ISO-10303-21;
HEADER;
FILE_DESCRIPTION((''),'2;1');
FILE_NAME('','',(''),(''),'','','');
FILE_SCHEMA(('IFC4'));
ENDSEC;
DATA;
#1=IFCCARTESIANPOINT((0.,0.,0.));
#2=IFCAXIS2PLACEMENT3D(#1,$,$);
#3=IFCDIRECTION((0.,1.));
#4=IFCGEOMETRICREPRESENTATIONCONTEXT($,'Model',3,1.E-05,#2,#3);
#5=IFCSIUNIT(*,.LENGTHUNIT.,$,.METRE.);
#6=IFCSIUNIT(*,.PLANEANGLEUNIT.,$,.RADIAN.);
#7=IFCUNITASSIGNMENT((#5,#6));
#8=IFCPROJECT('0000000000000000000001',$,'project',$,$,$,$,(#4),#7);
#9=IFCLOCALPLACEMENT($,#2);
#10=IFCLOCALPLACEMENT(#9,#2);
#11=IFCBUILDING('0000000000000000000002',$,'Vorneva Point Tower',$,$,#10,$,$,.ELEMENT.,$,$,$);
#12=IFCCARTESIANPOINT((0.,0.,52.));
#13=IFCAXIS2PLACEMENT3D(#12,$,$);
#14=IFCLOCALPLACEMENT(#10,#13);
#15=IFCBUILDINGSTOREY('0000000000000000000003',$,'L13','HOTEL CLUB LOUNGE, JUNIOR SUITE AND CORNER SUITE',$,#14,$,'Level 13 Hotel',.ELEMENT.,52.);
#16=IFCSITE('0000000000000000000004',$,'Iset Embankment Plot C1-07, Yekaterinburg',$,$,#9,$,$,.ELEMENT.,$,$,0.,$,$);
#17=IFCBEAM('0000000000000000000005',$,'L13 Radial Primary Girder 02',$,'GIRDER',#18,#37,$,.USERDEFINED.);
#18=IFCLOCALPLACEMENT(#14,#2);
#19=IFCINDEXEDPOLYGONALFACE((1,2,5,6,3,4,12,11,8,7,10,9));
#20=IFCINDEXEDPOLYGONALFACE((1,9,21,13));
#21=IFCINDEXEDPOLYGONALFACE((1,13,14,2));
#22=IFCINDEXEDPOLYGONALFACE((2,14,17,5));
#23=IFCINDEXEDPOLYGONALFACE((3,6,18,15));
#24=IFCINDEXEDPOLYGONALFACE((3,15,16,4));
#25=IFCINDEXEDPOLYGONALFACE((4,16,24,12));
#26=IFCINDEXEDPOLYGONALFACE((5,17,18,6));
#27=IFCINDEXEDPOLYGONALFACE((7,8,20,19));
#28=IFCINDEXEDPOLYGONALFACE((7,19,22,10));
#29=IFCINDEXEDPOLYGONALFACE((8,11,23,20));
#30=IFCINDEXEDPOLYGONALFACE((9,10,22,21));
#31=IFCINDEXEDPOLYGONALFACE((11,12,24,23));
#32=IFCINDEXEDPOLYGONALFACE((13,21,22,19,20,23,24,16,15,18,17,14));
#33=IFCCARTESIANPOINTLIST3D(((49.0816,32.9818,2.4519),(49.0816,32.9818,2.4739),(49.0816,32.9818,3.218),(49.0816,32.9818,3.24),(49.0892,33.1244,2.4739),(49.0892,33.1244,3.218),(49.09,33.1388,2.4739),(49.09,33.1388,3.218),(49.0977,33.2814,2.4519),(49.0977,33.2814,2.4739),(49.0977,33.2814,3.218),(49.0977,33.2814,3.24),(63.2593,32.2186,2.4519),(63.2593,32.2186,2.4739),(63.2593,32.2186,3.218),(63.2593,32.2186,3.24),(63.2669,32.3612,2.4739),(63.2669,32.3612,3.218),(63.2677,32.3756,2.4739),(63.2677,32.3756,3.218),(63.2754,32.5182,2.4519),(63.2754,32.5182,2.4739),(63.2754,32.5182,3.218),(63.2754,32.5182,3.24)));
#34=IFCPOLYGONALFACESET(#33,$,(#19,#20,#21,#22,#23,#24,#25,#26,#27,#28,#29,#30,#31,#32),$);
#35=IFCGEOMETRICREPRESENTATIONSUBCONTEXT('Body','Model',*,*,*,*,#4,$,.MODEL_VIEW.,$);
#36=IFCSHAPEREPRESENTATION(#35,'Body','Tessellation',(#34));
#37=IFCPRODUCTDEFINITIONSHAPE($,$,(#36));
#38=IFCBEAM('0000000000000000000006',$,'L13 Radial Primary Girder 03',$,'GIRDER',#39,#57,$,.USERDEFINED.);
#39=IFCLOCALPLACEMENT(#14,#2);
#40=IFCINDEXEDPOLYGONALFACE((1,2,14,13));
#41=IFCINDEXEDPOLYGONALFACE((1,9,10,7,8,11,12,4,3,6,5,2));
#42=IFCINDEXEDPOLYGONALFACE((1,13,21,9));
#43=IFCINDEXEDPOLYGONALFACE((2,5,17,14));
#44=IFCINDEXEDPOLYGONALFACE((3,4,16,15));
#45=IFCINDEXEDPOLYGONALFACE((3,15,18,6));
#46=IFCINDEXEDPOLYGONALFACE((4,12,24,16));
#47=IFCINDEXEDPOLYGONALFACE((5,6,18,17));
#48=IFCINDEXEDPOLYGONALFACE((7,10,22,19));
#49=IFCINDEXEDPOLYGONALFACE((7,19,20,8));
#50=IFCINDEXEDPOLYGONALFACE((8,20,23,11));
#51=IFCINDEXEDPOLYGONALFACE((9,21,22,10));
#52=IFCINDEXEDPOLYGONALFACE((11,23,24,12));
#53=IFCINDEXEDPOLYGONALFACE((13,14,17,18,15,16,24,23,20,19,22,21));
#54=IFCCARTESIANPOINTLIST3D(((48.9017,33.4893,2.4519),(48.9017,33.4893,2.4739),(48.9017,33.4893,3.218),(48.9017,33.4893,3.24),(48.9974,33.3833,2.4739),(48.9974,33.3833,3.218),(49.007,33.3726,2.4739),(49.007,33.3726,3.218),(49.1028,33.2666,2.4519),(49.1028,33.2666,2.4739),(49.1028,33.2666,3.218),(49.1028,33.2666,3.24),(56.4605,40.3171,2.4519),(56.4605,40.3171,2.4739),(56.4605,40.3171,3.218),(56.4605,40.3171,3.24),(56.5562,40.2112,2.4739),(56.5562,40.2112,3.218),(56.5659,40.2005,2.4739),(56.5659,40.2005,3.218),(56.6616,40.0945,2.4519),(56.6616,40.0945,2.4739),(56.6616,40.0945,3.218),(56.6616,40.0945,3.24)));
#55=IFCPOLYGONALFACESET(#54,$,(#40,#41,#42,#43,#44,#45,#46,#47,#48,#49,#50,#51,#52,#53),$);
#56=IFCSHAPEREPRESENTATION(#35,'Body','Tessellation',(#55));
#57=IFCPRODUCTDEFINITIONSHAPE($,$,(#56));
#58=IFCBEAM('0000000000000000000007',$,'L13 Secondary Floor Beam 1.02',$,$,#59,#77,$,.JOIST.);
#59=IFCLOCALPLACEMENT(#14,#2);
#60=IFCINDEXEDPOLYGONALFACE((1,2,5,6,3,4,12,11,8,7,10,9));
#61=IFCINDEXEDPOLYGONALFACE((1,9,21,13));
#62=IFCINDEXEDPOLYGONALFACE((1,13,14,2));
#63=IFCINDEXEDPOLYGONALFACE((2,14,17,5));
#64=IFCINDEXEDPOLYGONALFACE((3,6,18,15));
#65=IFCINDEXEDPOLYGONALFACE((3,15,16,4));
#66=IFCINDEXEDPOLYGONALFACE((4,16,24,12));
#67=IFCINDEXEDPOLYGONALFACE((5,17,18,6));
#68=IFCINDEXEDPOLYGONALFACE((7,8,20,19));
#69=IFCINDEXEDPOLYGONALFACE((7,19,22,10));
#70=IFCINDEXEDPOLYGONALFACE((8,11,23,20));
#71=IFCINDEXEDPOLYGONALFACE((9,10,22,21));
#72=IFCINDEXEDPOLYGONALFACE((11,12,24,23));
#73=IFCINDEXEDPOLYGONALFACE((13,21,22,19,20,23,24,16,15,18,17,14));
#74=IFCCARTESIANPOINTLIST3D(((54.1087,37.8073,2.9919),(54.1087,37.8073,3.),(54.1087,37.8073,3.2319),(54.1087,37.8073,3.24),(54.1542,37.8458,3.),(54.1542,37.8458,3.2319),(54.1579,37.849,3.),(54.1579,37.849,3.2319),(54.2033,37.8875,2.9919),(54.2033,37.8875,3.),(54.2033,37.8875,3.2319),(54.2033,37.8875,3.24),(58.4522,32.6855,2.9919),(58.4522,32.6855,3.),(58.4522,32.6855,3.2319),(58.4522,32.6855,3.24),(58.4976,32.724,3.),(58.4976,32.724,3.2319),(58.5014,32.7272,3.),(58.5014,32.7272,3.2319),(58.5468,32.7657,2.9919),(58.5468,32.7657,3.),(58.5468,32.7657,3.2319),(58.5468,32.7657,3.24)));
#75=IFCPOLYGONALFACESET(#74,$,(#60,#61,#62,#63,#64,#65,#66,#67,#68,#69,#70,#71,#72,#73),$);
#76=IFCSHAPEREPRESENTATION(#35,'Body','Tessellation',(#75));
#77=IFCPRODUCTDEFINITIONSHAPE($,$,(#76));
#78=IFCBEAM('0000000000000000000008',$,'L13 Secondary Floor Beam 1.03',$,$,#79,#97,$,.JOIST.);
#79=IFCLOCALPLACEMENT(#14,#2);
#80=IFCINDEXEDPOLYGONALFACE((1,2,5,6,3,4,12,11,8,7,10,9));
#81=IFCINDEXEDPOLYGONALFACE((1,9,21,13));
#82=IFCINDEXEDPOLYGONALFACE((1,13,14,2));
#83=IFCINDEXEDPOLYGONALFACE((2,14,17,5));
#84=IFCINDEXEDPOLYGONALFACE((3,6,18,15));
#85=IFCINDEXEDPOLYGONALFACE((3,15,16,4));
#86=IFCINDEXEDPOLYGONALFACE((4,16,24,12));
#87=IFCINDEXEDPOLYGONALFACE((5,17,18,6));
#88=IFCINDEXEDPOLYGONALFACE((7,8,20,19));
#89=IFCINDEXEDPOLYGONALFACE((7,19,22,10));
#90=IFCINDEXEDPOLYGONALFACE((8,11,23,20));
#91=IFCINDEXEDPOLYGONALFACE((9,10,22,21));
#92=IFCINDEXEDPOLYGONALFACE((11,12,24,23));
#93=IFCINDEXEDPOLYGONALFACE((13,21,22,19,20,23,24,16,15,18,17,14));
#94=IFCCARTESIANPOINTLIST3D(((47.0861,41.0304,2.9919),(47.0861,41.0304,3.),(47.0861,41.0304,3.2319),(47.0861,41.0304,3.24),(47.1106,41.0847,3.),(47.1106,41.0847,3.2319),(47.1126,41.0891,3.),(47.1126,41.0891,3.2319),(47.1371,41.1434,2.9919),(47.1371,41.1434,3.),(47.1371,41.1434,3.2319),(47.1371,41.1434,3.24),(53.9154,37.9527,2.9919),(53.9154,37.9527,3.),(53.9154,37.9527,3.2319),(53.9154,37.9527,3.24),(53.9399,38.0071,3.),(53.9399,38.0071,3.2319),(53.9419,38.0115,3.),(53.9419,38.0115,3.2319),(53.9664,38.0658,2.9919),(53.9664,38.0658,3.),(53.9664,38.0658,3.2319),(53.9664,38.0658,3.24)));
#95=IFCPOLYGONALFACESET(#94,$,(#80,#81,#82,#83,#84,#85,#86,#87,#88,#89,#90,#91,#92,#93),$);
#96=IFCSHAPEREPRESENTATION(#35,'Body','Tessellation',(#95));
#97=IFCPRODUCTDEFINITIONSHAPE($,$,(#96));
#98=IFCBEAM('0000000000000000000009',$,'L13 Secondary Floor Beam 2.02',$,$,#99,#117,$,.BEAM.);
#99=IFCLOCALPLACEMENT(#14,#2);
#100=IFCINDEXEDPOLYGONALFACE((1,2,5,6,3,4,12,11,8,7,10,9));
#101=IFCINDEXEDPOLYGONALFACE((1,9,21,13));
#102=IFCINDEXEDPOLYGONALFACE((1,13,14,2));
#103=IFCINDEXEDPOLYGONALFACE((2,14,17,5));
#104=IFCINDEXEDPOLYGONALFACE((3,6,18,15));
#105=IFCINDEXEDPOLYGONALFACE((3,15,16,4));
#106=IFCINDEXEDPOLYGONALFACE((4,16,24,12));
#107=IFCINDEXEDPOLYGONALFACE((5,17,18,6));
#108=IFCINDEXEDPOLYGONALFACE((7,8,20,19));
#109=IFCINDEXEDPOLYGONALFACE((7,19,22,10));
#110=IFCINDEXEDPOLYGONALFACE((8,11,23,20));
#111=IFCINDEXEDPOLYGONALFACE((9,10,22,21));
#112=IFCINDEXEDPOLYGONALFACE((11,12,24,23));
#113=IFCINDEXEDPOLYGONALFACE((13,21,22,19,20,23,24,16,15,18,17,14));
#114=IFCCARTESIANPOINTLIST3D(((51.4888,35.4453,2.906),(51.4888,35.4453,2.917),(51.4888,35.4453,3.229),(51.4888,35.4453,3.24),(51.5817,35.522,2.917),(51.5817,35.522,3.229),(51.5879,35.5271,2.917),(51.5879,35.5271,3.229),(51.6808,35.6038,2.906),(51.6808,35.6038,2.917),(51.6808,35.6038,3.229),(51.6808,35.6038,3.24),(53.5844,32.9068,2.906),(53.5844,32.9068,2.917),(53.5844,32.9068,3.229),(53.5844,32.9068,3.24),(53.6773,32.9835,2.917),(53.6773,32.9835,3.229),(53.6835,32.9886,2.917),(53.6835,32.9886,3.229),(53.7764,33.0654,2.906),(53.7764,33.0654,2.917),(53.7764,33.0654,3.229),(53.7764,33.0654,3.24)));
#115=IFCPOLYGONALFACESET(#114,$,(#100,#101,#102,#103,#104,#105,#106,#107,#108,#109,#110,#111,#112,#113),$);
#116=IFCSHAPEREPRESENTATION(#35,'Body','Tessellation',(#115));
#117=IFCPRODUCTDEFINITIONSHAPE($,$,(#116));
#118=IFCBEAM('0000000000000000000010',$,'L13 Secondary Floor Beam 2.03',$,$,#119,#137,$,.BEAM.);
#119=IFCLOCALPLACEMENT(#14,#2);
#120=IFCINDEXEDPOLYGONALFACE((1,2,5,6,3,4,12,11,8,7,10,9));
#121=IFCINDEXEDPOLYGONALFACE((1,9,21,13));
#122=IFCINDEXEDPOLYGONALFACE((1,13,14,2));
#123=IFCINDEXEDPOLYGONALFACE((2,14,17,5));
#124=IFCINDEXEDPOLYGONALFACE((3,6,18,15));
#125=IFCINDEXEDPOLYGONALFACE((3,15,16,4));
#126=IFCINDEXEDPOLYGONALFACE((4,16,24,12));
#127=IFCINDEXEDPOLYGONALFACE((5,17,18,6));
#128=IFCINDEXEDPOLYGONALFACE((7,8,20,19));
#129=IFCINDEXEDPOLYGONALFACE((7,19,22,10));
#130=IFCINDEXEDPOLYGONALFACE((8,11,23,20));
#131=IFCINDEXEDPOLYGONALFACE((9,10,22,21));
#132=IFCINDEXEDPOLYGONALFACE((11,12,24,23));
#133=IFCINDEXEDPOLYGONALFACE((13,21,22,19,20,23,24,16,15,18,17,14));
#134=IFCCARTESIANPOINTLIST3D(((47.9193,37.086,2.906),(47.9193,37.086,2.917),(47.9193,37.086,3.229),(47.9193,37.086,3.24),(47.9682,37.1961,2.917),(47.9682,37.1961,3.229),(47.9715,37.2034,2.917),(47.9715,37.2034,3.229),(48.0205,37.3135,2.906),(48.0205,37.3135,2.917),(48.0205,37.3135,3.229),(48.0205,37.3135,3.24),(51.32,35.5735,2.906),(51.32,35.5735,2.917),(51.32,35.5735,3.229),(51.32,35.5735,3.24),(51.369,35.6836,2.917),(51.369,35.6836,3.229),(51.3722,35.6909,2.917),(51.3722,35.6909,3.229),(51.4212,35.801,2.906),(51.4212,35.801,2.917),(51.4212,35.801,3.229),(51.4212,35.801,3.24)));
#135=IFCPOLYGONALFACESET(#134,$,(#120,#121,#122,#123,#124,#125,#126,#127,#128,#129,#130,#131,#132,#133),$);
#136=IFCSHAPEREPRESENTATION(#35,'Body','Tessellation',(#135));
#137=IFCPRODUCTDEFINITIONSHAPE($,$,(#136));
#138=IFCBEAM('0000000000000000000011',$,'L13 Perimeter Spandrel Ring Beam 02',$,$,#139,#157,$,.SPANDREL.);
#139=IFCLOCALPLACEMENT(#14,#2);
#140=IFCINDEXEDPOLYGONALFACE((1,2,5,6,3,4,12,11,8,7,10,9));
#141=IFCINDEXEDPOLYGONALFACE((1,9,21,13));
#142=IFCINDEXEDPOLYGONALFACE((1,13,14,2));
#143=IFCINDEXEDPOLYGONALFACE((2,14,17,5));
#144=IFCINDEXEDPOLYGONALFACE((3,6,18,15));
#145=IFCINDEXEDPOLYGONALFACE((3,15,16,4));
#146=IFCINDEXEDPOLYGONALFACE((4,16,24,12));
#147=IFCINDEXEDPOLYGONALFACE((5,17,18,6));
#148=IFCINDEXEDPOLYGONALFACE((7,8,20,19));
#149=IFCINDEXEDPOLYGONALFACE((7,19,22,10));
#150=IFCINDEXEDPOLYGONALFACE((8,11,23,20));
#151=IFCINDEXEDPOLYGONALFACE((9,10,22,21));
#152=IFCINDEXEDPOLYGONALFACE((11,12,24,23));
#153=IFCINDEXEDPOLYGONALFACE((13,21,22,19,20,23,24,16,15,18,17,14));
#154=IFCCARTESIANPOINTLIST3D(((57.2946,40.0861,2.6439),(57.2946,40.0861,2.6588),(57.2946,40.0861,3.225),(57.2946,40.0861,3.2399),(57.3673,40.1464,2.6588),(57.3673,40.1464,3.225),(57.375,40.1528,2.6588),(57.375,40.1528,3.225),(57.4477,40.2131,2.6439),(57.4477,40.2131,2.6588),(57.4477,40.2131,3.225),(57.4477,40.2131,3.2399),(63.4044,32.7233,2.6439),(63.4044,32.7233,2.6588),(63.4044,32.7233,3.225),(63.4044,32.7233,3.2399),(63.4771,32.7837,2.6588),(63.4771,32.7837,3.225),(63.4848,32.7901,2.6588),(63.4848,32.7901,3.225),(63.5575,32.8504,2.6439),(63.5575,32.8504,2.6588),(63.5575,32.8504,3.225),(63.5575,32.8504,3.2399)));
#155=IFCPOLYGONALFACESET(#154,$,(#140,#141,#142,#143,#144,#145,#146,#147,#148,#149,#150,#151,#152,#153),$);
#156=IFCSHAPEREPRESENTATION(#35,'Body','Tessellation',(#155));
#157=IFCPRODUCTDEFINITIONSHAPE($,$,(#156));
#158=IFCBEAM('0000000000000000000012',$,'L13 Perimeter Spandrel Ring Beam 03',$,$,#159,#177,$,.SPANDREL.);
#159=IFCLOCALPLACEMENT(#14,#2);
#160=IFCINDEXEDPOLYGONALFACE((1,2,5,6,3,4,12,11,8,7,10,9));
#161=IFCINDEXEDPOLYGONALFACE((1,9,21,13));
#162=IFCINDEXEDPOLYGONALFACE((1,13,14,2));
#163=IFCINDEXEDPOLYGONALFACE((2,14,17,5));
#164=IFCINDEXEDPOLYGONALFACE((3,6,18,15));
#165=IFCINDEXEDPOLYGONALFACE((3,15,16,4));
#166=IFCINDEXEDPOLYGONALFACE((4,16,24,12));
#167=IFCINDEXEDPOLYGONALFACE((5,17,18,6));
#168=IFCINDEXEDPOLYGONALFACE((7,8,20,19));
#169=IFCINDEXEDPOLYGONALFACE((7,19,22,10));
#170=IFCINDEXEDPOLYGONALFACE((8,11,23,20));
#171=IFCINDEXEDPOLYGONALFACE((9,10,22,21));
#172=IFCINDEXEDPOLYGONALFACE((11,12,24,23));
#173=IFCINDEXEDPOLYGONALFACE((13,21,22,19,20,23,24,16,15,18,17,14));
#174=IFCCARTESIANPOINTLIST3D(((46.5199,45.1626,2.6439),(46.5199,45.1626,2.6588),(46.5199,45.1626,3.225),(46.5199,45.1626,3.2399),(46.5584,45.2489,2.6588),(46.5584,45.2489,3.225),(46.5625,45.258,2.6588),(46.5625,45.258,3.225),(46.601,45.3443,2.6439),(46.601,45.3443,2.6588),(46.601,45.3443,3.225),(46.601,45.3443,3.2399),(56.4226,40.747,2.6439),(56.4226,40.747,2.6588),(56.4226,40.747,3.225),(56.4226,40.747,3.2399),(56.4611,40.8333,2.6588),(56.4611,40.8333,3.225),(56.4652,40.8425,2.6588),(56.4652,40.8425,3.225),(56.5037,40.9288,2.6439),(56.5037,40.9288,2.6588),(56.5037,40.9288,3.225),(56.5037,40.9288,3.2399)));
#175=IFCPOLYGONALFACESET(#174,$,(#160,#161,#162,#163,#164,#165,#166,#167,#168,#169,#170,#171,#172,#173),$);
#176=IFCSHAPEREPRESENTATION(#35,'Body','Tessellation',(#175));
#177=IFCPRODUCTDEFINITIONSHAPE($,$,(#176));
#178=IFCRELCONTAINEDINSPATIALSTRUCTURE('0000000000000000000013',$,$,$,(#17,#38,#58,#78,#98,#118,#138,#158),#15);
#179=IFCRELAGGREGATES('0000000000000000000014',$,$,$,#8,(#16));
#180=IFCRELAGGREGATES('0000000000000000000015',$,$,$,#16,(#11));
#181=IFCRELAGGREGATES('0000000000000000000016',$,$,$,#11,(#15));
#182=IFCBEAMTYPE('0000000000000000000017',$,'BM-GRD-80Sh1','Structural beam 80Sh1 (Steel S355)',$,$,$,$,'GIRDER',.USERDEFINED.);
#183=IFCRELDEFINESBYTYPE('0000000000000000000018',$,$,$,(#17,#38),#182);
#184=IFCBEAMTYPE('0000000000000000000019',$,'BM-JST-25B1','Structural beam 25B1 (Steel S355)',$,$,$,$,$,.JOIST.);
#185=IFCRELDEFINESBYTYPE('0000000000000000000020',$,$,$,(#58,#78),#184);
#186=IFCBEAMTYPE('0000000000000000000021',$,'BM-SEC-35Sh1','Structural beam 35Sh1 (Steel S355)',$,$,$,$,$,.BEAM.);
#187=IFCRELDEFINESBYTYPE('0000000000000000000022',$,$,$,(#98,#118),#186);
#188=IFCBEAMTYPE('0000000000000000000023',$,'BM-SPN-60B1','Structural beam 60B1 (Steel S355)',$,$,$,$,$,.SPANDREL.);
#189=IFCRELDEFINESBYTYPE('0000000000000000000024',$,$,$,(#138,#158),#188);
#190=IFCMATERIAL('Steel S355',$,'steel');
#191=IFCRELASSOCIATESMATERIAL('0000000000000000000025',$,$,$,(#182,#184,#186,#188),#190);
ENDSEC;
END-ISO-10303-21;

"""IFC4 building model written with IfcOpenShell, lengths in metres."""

from ifc_helpers import new_model, si_unit, direction, frame, origin, origin_2d, place, context, subcontext, project, spatial, i_section, extrude, material, material_profile, profile_set, type_object, element, save


model = new_model("IFC4")

# Units and contexts
model_context = context("Model", 3, precision=1e-05, world=origin(), true_north=direction((0.0, 1.0)))
body_context = subcontext(model_context, "Body", "Model", "MODEL_VIEW")
ifc_project = project(units=[si_unit("LENGTHUNIT", "METRE"), si_unit("PLANEANGLEUNIT", "RADIAN")], contexts=[model_context])

# Site, building, storey
site_placement = place(None, origin())
site = spatial("IfcSite", under=ifc_project, at=site_placement, Name="Iset Embankment Plot C1-07, Yekaterinburg", CompositionType="ELEMENT", RefElevation=0.0)
building_placement = place(site_placement, origin())
building = spatial("IfcBuilding", under=site, at=building_placement, Name="Vorneva Point Tower", CompositionType="ELEMENT")
storey_placement = place(building_placement, frame((0.0, 0.0, 52.0)))
storey = spatial("IfcBuildingStorey", under=building, at=storey_placement, Name="L13", Description="HOTEL CLUB LOUNGE, JUNIOR SUITE AND CORNER SUITE", LongName="Level 13 Hotel", CompositionType="ELEMENT", Elevation=52.0)

# Beams
ifc_material_1 = material(Name="Steel S355", Category="steel")
ifc_material_profile_1 = material_profile(ifc_material_1, i_section(OverallWidth=0.3, OverallDepth=0.7881, WebThickness=0.0144, FlangeThickness=0.022, at=origin_2d()), Name="80Sh1")
ifc_profile_set_1 = profile_set([ifc_material_profile_1], Name="Steel S355")
beam_type_1 = type_object("IfcBeamType", Name="BM-GRD-80Sh1", Description="Structural beam 80Sh1 (Steel S355)", ElementType="GIRDER", PredefinedType="USERDEFINED", material=ifc_profile_set_1)
beam_1_placement = place(storey_placement, frame((63.2673, 32.3684, 2.8459), z_axis=(-0.998554, 0.053752, 0.0), x_axis=(-0.053752, -0.998554, 0.0)))
element("IfcBeam", 1, at=beam_1_placement, inside=storey, type_object=beam_type_1, Name="L13 Radial Primary Girder 02", ObjectType="GIRDER", PredefinedType="USERDEFINED", context=body_context, shape_type="SweptSolid", body=[
    extrude(i_section(OverallWidth=0.3, OverallDepth=0.7881, WebThickness=0.0144, FlangeThickness=0.022, at=origin_2d()), origin(), (0.0, 0.0, 1.0), 14.1982),
])
beam_2_placement = place(storey_placement, frame((56.561, 40.2058, 2.8459), z_axis=(-0.742076, -0.670316, 0.0), x_axis=(0.670316, -0.742076, 0.0)))
element("IfcBeam", 2, at=beam_2_placement, inside=storey, type_object=beam_type_1, Name="L13 Radial Primary Girder 03", ObjectType="GIRDER", PredefinedType="USERDEFINED", context=body_context, shape_type="SweptSolid", body=[
    extrude(i_section(OverallWidth=0.3, OverallDepth=0.7881, WebThickness=0.0144, FlangeThickness=0.022, at=origin_2d()), origin(), (0.0, 0.0, 1.0), 10.186),
])
ifc_material_profile_2 = material_profile(ifc_material_1, i_section(OverallWidth=0.124, OverallDepth=0.248, WebThickness=0.0049, FlangeThickness=0.0081, at=origin_2d()), Name="25B1")
ifc_profile_set_2 = profile_set([ifc_material_profile_2], Name="Steel S355")
beam_type_2 = type_object("IfcBeamType", Name="BM-JST-25B1", Description="Structural beam 25B1 (Steel S355)", PredefinedType="JOIST", material=ifc_profile_set_2)
beam_3_placement = place(storey_placement, frame((58.4995, 32.7256, 3.116), z_axis=(-0.64678, 0.762677, 0.0), x_axis=(-0.762677, -0.64678, 0.0)))
element("IfcBeam", 3, at=beam_3_placement, inside=storey, type_object=beam_type_2, Name="L13 Secondary Floor Beam 1.02", PredefinedType="JOIST", context=body_context, shape_type="SweptSolid", body=[
    extrude(i_section(OverallWidth=0.124, OverallDepth=0.248, WebThickness=0.0049, FlangeThickness=0.0081, at=origin_2d()), origin(), (0.0, 0.0, 1.0), 6.7156),
])
beam_4_placement = place(storey_placement, frame((53.9409, 38.0093, 3.116), z_axis=(-0.9117, 0.410857, 0.0), x_axis=(-0.410857, -0.9117, 0.0)))
element("IfcBeam", 4, at=beam_4_placement, inside=storey, type_object=beam_type_2, Name="L13 Secondary Floor Beam 1.03", PredefinedType="JOIST", context=body_context, shape_type="SweptSolid", body=[
    extrude(i_section(OverallWidth=0.124, OverallDepth=0.248, WebThickness=0.0049, FlangeThickness=0.0081, at=origin_2d()), origin(), (0.0, 0.0, 1.0), 7.4907),
])
ifc_material_profile_3 = material_profile(ifc_material_1, i_section(OverallWidth=0.249, OverallDepth=0.334, WebThickness=0.0081, FlangeThickness=0.011, at=origin_2d()), Name="35Sh1")
ifc_profile_set_3 = profile_set([ifc_material_profile_3], Name="Steel S355")
beam_type_3 = type_object("IfcBeamType", Name="BM-SEC-35Sh1", Description="Structural beam 35Sh1 (Steel S355)", PredefinedType="BEAM", material=ifc_profile_set_3)
beam_5_placement = place(storey_placement, frame((53.6804, 32.9861, 3.073), z_axis=(-0.636632, 0.771168, 0.0), x_axis=(-0.771168, -0.636632, 0.0)))
element("IfcBeam", 5, at=beam_5_placement, inside=storey, type_object=beam_type_3, Name="L13 Secondary Floor Beam 2.02", PredefinedType="BEAM", context=body_context, shape_type="SweptSolid", body=[
    extrude(i_section(OverallWidth=0.249, OverallDepth=0.334, WebThickness=0.0081, FlangeThickness=0.011, at=origin_2d()), origin(), (0.0, 0.0, 1.0), 3.2917),
])
beam_6_placement = place(storey_placement, frame((51.3706, 35.6873, 3.073), z_axis=(-0.913706, 0.406376, 0.0), x_axis=(-0.406376, -0.913706, 0.0)))
element("IfcBeam", 6, at=beam_6_placement, inside=storey, type_object=beam_type_3, Name="L13 Secondary Floor Beam 2.03", PredefinedType="BEAM", context=body_context, shape_type="SweptSolid", body=[
    extrude(i_section(OverallWidth=0.249, OverallDepth=0.334, WebThickness=0.0081, FlangeThickness=0.011, at=origin_2d()), origin(), (0.0, 0.0, 1.0), 3.7219),
])
ifc_material_profile_4 = material_profile(ifc_material_1, i_section(OverallWidth=0.199, OverallDepth=0.5959, WebThickness=0.01, FlangeThickness=0.0149, at=origin_2d()), Name="60B1")
ifc_profile_set_4 = profile_set([ifc_material_profile_4], Name="Steel S355")
beam_type_4 = type_object("IfcBeamType", Name="BM-SPN-60B1", Description="Structural beam 60B1 (Steel S355)", PredefinedType="SPANDREL", material=ifc_profile_set_4)
beam_7_placement = place(storey_placement, frame((63.481, 32.7869, 2.9419), z_axis=(-0.638592, 0.769546, 0.0), x_axis=(-0.769546, -0.638592, 0.0)))
element("IfcBeam", 7, at=beam_7_placement, inside=storey, type_object=beam_type_4, Name="L13 Perimeter Spandrel Ring Beam 02", PredefinedType="SPANDREL", context=body_context, shape_type="SweptSolid", body=[
    extrude(i_section(OverallWidth=0.199, OverallDepth=0.5959, WebThickness=0.01, FlangeThickness=0.0149, at=origin_2d()), origin(), (0.0, 0.0, 1.0), 9.5676),
])
beam_8_placement = place(storey_placement, frame((56.4631, 40.8379, 2.9419), z_axis=(-0.913319, 0.407245, 0.0), x_axis=(-0.407245, -0.913319, 0.0)))
element("IfcBeam", 8, at=beam_8_placement, inside=storey, type_object=beam_type_4, Name="L13 Perimeter Spandrel Ring Beam 03", PredefinedType="SPANDREL", context=body_context, shape_type="SweptSolid", body=[
    extrude(i_section(OverallWidth=0.199, OverallDepth=0.5959, WebThickness=0.01, FlangeThickness=0.0149, at=origin_2d()), origin(), (0.0, 0.0, 1.0), 10.8425),
])

save(model, "model.ifc")
